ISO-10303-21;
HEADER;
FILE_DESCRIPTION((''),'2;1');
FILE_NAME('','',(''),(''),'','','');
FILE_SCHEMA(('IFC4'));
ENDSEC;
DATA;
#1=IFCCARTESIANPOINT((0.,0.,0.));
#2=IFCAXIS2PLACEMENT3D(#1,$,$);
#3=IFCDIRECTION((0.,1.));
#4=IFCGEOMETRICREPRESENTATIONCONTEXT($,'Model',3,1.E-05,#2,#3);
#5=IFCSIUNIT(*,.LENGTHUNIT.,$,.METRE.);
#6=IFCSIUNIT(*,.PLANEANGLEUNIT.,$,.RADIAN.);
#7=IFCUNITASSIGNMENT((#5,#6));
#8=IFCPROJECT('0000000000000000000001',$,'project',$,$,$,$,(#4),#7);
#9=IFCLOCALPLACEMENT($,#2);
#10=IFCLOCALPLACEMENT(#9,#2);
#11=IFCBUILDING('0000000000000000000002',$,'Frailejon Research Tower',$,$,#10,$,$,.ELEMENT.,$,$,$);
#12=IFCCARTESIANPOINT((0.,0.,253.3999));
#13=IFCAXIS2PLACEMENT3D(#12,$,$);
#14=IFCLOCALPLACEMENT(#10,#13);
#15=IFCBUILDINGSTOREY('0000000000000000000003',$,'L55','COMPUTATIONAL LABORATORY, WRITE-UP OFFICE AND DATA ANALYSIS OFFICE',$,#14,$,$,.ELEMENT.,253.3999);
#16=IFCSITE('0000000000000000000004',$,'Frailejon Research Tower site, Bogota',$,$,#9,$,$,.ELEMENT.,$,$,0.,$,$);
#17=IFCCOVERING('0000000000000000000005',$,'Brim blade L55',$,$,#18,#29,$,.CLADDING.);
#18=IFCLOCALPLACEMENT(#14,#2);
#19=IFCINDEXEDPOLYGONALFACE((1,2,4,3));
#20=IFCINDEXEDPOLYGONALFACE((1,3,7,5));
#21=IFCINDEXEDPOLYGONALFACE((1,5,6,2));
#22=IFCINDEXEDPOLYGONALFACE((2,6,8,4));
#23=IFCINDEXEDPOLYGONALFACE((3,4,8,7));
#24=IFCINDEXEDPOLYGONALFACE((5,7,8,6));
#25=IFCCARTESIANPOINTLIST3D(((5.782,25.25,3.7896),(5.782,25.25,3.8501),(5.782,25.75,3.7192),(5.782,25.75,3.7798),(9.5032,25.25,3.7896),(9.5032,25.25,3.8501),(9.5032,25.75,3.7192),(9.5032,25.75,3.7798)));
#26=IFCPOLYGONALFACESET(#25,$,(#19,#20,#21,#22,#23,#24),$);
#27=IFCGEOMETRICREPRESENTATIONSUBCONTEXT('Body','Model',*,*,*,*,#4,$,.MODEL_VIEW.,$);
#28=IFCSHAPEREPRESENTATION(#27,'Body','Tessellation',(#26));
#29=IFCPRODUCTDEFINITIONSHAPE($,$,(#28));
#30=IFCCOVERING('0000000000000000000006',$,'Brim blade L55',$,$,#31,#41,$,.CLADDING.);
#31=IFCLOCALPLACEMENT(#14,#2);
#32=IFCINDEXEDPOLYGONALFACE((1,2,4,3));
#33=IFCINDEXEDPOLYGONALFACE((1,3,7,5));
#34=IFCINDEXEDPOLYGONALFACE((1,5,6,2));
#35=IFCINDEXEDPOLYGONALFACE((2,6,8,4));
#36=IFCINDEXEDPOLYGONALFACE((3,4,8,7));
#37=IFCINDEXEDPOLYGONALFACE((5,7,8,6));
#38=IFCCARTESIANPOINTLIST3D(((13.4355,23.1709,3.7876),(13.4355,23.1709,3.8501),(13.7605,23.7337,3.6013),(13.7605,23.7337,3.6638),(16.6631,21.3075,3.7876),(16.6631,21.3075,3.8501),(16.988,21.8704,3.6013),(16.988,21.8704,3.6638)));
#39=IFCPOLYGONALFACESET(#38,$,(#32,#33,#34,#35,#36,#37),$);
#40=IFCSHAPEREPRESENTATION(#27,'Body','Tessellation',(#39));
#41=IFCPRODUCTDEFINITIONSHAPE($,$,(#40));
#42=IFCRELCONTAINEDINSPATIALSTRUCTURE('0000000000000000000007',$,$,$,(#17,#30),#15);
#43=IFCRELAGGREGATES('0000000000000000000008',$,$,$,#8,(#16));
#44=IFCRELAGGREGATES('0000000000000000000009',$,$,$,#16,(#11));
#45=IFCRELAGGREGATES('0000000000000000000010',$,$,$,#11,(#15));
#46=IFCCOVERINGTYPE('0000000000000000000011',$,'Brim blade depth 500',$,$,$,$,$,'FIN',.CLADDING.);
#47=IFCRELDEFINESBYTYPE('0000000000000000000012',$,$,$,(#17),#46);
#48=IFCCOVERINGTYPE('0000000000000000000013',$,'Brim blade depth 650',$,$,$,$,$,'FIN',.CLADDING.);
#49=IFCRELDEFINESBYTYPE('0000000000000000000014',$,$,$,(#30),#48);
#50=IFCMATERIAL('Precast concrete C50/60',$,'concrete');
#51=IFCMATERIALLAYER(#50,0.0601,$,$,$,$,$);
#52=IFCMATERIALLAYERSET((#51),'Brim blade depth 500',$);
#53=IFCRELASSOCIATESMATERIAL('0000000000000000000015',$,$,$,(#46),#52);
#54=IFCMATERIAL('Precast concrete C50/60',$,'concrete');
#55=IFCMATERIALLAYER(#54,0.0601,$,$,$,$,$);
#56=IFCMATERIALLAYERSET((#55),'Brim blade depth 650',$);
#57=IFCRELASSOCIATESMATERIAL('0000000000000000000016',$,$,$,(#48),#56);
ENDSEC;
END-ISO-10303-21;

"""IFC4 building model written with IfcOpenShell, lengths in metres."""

from ifc_helpers import new_model, si_unit, direction, frame, origin, place, context, subcontext, project, spatial, polyline, outline, extrude, material, layer, layer_set, type_object, element, save


model = new_model("IFC4")

# Units and contexts
model_context = context("Model", 3, precision=1e-05, world=origin(), true_north=direction((0.0, 1.0)))
body_context = subcontext(model_context, "Body", "Model", "MODEL_VIEW")
ifc_project = project(units=[si_unit("LENGTHUNIT", "METRE"), si_unit("PLANEANGLEUNIT", "RADIAN")], contexts=[model_context])

# Site, building, storey
site_placement = place(None, origin())
site = spatial("IfcSite", under=ifc_project, at=site_placement, Name="Frailejon Research Tower site, Bogota", CompositionType="ELEMENT", RefElevation=0.0)
building_placement = place(site_placement, origin())
building = spatial("IfcBuilding", under=site, at=building_placement, Name="Frailejon Research Tower", CompositionType="ELEMENT")
storey_placement = place(building_placement, frame((0.0, 0.0, 253.3999)))
storey = spatial("IfcBuildingStorey", under=building, at=storey_placement, Name="L55", Description="COMPUTATIONAL LABORATORY, WRITE-UP OFFICE AND DATA ANALYSIS OFFICE", CompositionType="ELEMENT", Elevation=253.3999)

# Coverings
ifc_material_1 = material(Name="Precast concrete C50/60", Category="concrete")
ifc_layer_1 = layer(ifc_material_1, 0.0601)
ifc_layer_set_1 = layer_set([ifc_layer_1], Name="Brim blade depth 500")
covering_type_1 = type_object("IfcCoveringType", Name="Brim blade depth 500", ElementType="FIN", PredefinedType="CLADDING", material=ifc_layer_set_1)
covering_1_placement = place(storey_placement, frame((5.782, 25.25, 3.8501), z_axis=(1.0, 0.0, 0.0), x_axis=(0.0, 1.0, 0.0)))
element("IfcCovering", 1, at=covering_1_placement, inside=storey, type_object=covering_type_1, Name="Brim blade L55", PredefinedType="CLADDING", context=body_context, shape_type="SweptSolid", body=[
    extrude(outline(polyline([(0.0, -0.0605), (0.5, -0.1309), (0.5, -0.0703), (0.0, 0.0), (0.0, -0.0605)])), origin(), (0.0, 0.0, 1.0), 3.7212),
])
ifc_material_2 = material(Name="Precast concrete C50/60", Category="concrete")
ifc_layer_2 = layer(ifc_material_2, 0.0601)
ifc_layer_set_2 = layer_set([ifc_layer_2], Name="Brim blade depth 650")
covering_type_2 = type_object("IfcCoveringType", Name="Brim blade depth 650", ElementType="FIN", PredefinedType="CLADDING", material=ifc_layer_set_2)
covering_2_placement = place(storey_placement, frame((13.4355, 23.1709, 3.8501), z_axis=(0.86603, -0.499992, 0.0), x_axis=(0.499992, 0.86603, 0.0)))
element("IfcCovering", 2, at=covering_2_placement, inside=storey, type_object=covering_type_2, Name="Brim blade L55", PredefinedType="CLADDING", context=body_context, shape_type="SweptSolid", body=[
    extrude(outline(polyline([(0.0, -0.0625), (0.6499, -0.2488), (0.6499, -0.1863), (0.0, 0.0), (0.0, -0.0625)])), origin(), (0.0, 0.0, 1.0), 3.7268),
])

save(model, "model.ifc")
